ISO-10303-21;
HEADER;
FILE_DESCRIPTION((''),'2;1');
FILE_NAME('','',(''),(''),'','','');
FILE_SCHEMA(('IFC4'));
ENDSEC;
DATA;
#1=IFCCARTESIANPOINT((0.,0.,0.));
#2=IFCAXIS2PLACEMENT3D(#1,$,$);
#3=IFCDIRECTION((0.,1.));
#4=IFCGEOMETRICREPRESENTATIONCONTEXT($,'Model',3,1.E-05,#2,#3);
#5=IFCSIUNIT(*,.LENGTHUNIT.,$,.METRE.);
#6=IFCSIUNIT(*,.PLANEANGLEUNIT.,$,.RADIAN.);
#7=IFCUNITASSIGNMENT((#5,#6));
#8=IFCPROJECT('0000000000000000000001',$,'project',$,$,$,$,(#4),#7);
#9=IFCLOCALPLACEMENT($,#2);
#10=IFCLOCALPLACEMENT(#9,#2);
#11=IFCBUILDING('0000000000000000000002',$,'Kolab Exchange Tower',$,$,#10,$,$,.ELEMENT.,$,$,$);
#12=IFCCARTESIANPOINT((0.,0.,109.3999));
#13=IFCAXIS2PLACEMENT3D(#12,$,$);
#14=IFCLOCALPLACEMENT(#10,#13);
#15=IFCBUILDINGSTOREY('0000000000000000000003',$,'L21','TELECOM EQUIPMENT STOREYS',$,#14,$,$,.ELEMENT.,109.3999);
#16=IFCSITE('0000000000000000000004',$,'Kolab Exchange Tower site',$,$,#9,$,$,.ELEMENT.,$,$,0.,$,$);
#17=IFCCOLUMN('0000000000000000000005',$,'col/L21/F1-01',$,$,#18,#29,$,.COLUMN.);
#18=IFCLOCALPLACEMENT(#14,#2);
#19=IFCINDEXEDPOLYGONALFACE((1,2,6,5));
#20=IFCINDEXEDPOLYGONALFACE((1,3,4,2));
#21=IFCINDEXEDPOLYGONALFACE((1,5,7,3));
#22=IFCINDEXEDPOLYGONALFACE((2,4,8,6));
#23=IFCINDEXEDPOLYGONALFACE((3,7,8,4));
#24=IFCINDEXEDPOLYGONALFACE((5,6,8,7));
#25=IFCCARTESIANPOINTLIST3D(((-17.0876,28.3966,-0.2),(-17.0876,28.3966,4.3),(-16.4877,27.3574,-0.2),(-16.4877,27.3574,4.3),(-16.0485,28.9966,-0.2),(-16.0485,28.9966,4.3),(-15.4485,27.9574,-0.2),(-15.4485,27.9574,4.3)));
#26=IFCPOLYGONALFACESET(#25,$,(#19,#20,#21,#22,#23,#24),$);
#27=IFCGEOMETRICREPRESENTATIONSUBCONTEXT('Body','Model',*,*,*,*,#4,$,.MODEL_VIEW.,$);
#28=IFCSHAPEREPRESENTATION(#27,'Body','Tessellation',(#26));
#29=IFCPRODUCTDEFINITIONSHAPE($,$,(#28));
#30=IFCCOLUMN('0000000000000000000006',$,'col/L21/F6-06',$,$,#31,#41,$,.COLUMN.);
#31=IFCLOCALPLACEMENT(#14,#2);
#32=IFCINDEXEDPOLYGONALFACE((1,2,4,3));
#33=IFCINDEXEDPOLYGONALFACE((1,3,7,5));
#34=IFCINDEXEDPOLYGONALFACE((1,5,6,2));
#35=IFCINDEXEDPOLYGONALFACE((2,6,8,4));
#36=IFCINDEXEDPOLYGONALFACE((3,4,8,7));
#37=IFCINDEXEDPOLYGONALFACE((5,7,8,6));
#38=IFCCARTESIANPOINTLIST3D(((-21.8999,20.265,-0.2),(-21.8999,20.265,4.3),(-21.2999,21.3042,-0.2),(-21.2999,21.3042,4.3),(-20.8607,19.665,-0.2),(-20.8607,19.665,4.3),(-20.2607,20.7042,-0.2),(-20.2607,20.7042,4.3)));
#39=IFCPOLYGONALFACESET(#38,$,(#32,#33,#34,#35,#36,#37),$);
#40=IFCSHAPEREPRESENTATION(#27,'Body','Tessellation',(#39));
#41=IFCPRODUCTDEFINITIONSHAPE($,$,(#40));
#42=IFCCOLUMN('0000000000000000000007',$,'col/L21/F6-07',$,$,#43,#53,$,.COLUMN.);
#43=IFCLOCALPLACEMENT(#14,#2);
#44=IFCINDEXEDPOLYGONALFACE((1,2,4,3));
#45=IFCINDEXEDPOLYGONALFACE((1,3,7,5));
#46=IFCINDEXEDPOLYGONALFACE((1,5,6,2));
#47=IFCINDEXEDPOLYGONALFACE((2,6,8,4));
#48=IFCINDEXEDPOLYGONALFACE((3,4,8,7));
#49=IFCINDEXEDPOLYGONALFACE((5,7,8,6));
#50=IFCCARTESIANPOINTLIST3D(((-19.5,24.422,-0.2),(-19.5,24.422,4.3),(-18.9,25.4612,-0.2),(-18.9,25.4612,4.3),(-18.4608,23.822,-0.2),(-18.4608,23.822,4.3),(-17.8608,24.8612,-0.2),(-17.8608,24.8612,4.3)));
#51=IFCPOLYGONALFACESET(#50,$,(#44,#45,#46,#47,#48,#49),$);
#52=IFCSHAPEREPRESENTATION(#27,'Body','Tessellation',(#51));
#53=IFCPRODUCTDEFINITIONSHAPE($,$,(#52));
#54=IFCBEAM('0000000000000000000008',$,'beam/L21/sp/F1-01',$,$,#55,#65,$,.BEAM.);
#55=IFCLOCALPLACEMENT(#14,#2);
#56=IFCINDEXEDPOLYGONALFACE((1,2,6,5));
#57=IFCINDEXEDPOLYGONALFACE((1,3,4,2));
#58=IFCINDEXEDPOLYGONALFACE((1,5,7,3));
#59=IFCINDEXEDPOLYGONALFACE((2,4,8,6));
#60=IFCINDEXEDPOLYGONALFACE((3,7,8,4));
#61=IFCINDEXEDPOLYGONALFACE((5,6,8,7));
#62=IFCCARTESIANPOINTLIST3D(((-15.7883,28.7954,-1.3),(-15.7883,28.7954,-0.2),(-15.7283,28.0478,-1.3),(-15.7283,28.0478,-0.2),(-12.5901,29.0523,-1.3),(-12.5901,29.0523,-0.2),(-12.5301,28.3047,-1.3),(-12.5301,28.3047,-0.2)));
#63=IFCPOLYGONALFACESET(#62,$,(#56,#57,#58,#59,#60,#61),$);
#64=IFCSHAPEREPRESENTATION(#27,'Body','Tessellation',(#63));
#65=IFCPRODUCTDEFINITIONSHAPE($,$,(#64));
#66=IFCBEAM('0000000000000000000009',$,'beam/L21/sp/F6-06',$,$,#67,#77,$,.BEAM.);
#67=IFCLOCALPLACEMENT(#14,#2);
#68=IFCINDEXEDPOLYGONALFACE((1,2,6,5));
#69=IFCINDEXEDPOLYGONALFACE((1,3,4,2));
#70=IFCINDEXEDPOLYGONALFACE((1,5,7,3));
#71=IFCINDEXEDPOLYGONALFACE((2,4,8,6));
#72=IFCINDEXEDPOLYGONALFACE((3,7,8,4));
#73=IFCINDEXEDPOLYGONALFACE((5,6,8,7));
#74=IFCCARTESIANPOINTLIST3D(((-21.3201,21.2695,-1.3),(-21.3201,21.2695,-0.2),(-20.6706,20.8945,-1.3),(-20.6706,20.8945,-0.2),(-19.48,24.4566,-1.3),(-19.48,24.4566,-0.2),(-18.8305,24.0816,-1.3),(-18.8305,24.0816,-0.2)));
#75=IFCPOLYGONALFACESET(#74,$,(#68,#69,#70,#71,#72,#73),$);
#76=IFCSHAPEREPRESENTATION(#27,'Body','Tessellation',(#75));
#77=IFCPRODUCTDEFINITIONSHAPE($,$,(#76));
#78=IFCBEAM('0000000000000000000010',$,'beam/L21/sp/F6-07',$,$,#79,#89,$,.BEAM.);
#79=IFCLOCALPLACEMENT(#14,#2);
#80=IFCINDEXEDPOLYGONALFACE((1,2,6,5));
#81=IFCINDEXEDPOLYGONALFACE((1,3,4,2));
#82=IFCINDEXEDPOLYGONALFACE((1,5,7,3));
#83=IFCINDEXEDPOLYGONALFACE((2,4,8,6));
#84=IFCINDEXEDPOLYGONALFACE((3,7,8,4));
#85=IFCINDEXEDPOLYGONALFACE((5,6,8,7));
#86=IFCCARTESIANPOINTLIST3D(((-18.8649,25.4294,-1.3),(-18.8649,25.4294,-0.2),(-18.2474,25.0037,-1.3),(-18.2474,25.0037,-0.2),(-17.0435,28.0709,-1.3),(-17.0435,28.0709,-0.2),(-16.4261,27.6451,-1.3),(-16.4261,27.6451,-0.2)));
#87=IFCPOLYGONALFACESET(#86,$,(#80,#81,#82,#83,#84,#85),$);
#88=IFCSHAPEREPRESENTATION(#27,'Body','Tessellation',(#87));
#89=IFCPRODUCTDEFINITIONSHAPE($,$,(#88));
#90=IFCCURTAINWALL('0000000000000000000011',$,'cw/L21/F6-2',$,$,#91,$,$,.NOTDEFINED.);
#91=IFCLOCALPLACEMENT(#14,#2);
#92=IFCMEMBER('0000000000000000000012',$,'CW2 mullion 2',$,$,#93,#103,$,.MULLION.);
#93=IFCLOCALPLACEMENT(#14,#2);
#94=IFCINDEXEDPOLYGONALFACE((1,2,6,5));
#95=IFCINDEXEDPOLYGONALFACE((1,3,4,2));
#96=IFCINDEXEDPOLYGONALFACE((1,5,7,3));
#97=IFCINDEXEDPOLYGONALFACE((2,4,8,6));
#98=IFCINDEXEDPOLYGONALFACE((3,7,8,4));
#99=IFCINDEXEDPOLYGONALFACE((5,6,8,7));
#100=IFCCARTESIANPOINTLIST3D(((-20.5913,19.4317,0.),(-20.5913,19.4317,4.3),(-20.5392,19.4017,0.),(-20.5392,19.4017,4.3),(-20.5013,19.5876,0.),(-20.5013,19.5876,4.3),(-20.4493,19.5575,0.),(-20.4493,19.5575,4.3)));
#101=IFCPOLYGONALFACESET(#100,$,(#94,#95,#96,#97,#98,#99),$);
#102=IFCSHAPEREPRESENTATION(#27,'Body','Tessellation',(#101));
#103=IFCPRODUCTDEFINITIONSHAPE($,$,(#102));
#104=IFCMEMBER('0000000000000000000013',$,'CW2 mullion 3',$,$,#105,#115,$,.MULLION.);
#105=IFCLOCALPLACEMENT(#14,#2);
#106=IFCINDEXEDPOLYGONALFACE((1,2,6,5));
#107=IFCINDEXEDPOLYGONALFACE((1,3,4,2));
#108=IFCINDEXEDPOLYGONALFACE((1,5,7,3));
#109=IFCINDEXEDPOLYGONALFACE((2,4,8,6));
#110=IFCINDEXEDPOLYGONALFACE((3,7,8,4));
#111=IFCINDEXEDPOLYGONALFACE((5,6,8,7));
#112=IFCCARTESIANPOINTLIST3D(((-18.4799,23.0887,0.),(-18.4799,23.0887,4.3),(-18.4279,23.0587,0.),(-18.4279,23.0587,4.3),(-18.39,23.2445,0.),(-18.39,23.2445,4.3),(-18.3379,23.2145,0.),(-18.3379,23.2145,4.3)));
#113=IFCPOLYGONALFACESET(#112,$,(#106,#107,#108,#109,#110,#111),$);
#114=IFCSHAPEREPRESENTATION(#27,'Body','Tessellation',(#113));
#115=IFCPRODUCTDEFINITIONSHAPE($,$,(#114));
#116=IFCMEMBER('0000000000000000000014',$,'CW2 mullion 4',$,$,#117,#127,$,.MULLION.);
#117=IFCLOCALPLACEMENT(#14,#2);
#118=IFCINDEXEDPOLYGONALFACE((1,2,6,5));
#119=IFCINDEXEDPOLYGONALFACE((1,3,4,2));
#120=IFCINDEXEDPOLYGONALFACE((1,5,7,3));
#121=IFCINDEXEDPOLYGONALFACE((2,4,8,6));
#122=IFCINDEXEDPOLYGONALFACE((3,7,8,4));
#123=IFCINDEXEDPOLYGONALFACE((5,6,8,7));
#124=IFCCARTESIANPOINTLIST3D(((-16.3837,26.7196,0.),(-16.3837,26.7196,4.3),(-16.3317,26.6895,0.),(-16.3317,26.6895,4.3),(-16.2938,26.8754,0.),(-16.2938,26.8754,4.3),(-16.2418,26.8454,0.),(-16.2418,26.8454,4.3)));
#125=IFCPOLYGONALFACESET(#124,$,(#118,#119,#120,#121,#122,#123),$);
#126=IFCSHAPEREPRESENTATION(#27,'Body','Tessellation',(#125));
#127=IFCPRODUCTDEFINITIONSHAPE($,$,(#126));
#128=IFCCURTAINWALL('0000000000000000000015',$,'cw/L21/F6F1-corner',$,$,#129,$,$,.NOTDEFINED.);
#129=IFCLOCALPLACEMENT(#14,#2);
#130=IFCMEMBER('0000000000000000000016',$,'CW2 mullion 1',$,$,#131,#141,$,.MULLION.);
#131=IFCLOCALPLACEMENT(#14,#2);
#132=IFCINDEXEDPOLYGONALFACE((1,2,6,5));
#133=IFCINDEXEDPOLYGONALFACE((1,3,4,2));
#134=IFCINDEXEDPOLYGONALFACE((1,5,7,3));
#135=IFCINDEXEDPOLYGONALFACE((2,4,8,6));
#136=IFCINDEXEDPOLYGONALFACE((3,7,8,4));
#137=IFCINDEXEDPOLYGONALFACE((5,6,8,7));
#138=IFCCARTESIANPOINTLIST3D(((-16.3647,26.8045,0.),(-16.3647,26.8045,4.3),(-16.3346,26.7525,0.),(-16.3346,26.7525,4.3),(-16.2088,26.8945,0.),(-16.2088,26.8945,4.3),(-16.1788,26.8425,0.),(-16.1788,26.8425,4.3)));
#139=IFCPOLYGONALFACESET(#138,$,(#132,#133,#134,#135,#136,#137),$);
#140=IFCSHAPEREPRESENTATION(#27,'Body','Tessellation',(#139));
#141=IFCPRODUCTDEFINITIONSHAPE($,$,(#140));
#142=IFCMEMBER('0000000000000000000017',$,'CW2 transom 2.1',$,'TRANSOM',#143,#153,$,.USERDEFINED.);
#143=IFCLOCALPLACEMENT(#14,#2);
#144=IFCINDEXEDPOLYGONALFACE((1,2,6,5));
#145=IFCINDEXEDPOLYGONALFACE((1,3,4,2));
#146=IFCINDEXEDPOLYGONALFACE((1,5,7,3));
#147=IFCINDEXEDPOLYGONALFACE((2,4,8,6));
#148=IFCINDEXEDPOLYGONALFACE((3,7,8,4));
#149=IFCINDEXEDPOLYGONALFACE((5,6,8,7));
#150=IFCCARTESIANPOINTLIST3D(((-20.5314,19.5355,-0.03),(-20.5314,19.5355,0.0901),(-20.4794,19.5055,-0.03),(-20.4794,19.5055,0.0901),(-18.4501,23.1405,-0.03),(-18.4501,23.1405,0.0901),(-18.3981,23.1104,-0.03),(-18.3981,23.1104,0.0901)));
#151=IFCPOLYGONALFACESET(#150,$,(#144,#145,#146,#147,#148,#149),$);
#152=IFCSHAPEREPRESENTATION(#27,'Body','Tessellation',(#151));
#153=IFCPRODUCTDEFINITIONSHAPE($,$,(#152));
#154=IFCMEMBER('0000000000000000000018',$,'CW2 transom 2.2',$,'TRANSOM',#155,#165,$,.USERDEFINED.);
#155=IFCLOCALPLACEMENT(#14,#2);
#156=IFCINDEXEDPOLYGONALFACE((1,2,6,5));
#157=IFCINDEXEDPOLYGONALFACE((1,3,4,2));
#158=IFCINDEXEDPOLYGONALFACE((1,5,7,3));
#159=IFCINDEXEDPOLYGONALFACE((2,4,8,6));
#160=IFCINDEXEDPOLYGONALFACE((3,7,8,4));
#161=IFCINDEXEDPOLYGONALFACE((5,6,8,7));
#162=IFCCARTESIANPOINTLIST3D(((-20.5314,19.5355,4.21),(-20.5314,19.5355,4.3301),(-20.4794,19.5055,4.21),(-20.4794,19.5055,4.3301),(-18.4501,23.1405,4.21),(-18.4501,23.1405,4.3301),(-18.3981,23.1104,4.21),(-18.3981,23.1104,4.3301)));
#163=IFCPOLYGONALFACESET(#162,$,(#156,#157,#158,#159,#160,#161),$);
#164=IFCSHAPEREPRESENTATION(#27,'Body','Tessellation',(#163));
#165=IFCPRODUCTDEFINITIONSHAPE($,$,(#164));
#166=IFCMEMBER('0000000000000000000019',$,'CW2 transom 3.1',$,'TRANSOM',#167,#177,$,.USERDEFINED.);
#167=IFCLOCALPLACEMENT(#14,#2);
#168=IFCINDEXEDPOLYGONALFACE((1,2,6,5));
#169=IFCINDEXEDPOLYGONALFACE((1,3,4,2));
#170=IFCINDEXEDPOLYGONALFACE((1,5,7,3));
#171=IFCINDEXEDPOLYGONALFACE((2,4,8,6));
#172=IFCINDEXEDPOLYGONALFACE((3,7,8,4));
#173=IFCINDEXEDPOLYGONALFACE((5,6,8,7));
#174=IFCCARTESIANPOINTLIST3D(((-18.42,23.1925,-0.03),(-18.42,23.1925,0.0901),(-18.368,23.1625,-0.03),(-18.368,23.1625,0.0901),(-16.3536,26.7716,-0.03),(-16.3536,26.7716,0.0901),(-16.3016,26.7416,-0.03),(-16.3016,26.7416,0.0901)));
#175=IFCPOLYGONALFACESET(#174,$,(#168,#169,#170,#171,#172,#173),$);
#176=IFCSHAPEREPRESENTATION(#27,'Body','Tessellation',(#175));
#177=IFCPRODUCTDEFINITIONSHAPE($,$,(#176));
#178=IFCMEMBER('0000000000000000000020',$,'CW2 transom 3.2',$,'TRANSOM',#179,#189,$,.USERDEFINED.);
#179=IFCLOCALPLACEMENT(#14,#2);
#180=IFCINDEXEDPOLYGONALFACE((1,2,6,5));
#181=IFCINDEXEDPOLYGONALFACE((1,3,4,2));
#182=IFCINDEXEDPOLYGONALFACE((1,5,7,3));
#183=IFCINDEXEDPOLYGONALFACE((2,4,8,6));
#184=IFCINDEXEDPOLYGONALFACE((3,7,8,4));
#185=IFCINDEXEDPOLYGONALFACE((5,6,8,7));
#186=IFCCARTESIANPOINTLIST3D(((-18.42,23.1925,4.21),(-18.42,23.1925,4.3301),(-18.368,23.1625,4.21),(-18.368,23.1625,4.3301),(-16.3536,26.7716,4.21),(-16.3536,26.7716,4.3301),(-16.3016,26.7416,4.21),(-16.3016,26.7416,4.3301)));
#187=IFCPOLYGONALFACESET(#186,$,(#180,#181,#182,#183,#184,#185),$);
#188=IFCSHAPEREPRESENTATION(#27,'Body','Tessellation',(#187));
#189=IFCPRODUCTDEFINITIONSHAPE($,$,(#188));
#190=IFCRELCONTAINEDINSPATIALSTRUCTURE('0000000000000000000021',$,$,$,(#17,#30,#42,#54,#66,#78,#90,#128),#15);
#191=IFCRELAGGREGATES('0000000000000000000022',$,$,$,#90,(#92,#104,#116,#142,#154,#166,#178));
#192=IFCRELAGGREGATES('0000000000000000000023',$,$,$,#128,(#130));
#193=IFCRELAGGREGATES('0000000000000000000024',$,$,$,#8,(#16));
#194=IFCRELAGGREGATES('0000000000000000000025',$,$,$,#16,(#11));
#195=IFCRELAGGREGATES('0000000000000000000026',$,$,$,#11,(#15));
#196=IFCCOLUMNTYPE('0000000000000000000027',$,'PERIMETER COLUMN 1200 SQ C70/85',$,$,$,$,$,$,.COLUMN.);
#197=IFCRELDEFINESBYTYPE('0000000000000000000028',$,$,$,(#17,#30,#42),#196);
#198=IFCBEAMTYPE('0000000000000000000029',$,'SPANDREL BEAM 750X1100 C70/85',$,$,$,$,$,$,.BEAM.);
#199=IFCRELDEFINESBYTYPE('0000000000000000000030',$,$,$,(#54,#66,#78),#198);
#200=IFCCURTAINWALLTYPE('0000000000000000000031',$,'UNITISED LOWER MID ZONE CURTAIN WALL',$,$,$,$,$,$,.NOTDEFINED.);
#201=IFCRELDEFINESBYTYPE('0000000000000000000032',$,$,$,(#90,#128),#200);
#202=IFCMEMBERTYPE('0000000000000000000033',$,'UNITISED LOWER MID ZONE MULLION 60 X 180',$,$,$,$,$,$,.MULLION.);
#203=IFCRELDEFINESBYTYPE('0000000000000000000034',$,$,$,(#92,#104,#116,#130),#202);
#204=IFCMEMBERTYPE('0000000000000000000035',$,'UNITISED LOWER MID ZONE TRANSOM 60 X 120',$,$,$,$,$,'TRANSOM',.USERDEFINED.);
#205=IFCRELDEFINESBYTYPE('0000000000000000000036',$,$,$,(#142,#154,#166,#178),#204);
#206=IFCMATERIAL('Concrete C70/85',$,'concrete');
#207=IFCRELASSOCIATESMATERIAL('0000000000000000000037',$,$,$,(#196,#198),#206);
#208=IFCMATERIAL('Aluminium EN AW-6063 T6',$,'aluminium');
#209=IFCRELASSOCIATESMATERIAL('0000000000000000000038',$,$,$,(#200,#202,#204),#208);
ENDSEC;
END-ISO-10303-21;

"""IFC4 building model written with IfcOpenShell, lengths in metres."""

from ifc_helpers import new_model, si_unit, direction, frame, origin, origin_2d, place, context, subcontext, project, spatial, rectangle, extrude, material, material_profile, profile_set, type_object, element, aggregate, save


model = new_model("IFC4")

# Units and contexts
model_context = context("Model", 3, precision=1e-05, world=origin(), true_north=direction((0.0, 1.0)))
body_context = subcontext(model_context, "Body", "Model", "MODEL_VIEW")
ifc_project = project(units=[si_unit("LENGTHUNIT", "METRE"), si_unit("PLANEANGLEUNIT", "RADIAN")], contexts=[model_context])

# Site, building, storey
site_placement = place(None, origin())
site = spatial("IfcSite", under=ifc_project, at=site_placement, Name="Kolab Exchange Tower site", CompositionType="ELEMENT", RefElevation=0.0)
building_placement = place(site_placement, origin())
building = spatial("IfcBuilding", under=site, at=building_placement, Name="Kolab Exchange Tower", CompositionType="ELEMENT")
storey_placement = place(building_placement, frame((0.0, 0.0, 109.3999)))
storey = spatial("IfcBuildingStorey", under=building, at=storey_placement, Name="L21", Description="TELECOM EQUIPMENT STOREYS", CompositionType="ELEMENT", Elevation=109.3999)

# Columns
ifc_material_1 = material(Name="Concrete C70/85", Category="concrete")
ifc_material_profile_1 = material_profile(ifc_material_1, rectangle(XDim=1.2, YDim=1.2, at=origin_2d()), Name="RC1200")
ifc_profile_set_1 = profile_set([ifc_material_profile_1], Name="Concrete C70/85")
column_type = type_object("IfcColumnType", Name="PERIMETER COLUMN 1200 SQ C70/85", PredefinedType="COLUMN", material=ifc_profile_set_1)
for number, where, z_axis, x_axis, name in (
    (1, (-16.2681, 28.177, -0.2), (0.0, 0.0, 1.0), (0.866025, 0.5, 0.0), "col/L21/F1-01"),
    (2, (-21.0803, 20.4846, -0.2), (0.0, 0.0, 1.0), (0.5, 0.866025, 0.0), "col/L21/F6-06"),
    (3, (-18.6804, 24.6416, -0.2), (0.0, 0.0, 1.0), (0.5, 0.866025, 0.0), "col/L21/F6-07"),
):
    element("IfcColumn", number, at=place(storey_placement, frame(where, z_axis=z_axis, x_axis=x_axis)), inside=storey, type_object=column_type, Name=name, PredefinedType="COLUMN", context=body_context, shape_type="SweptSolid", body=[
        extrude(rectangle(XDim=1.2, YDim=1.2, at=origin_2d()), origin(), (0.0, 0.0, 1.0), 4.5),
    ])

# Beams
ifc_material_profile_2 = material_profile(ifc_material_1, rectangle(XDim=0.75, YDim=1.1001, at=origin_2d()), Name="RC750X1100")
ifc_profile_set_2 = profile_set([ifc_material_profile_2], Name="Concrete C70/85")
beam_type = type_object("IfcBeamType", Name="SPANDREL BEAM 750X1100 C70/85", PredefinedType="BEAM", material=ifc_profile_set_2)
beam_1_placement = place(storey_placement, frame((-15.7583, 28.4216, -0.75), z_axis=(0.996791, 0.080048, 0.0), x_axis=(-0.080048, 0.996791, 0.0)))
element("IfcBeam", 4, at=beam_1_placement, inside=storey, type_object=beam_type, Name="beam/L21/sp/F1-01", PredefinedType="BEAM", context=body_context, shape_type="SweptSolid", body=[
    extrude(rectangle(XDim=0.75, YDim=1.1001, at=origin_2d()), origin(), (0.0, 0.0, 1.0), 3.2085),
])
beam_2_placement = place(storey_placement, frame((-20.9954, 21.082, -0.75), z_axis=(0.500013, 0.866018, 0.0), x_axis=(-0.866018, 0.500013, 0.0)))
element("IfcBeam", 5, at=beam_2_placement, inside=storey, type_object=beam_type, Name="beam/L21/sp/F6-06", PredefinedType="BEAM", context=body_context, shape_type="SweptSolid", body=[
    extrude(rectangle(XDim=0.75, YDim=1.1001, at=origin_2d()), origin(), (0.0, 0.0, 1.0), 3.6802),
])
beam_3_placement = place(storey_placement, frame((-18.5562, 25.2166, -0.75), z_axis=(0.567662, 0.823262, 0.0), x_axis=(-0.823262, 0.567662, 0.0)))
element("IfcBeam", 6, at=beam_3_placement, inside=storey, type_object=beam_type, Name="beam/L21/sp/F6-07", PredefinedType="BEAM", context=body_context, shape_type="SweptSolid", body=[
    extrude(rectangle(XDim=0.75, YDim=1.1001, at=origin_2d()), origin(), (0.0, 0.0, 1.0), 3.2085),
])

# Curtain wall, members
ifc_material_2 = material(Name="Aluminium EN AW-6063 T6", Category="aluminium")
curtain_wall_type = type_object("IfcCurtainWallType", Name="UNITISED LOWER MID ZONE CURTAIN WALL", PredefinedType="NOTDEFINED", material=ifc_material_2)
curtain_wall_1_placement = place(storey_placement, origin())
curtain_wall_1 = element("IfcCurtainWall", 7, at=curtain_wall_1_placement, inside=storey, type_object=curtain_wall_type, Name="cw/L21/F6-2", PredefinedType="NOTDEFINED")
ifc_material_profile_3 = material_profile(ifc_material_2, rectangle(XDim=0.0601, YDim=0.1799, at=origin_2d()), Name="RECT 60X180")
ifc_profile_set_3 = profile_set([ifc_material_profile_3], Name="Aluminium EN AW-6063 T6")
member_type_1 = type_object("IfcMemberType", Name="UNITISED LOWER MID ZONE MULLION 60 X 180", PredefinedType="MULLION", material=ifc_profile_set_3)
member_1_placement = place(storey_placement, frame((-20.5203, 19.4946, 0.0), z_axis=(0.0, 0.0, 1.0), x_axis=(-0.866025, 0.5, 0.0)))
member_1 = element("IfcMember", 8, at=member_1_placement, type_object=member_type_1, Name="CW2 mullion 2", PredefinedType="MULLION", context=body_context, shape_type="SweptSolid", body=[
    extrude(rectangle(XDim=0.0601, YDim=0.1799, at=origin_2d()), origin(), (0.0, 0.0, 1.0), 4.3),
])
member_2_placement = place(storey_placement, frame((-18.4089, 23.1516, 0.0), z_axis=(0.0, 0.0, 1.0), x_axis=(-0.866025, 0.5, 0.0)))
member_2 = element("IfcMember", 9, at=member_2_placement, type_object=member_type_1, Name="CW2 mullion 3", PredefinedType="MULLION", context=body_context, shape_type="SweptSolid", body=[
    extrude(rectangle(XDim=0.0601, YDim=0.1799, at=origin_2d()), origin(), (0.0, 0.0, 1.0), 4.3),
])
member_3_placement = place(storey_placement, frame((-16.3127, 26.7825, 0.0), z_axis=(0.0, 0.0, 1.0), x_axis=(-0.866025, 0.5, 0.0)))
member_3 = element("IfcMember", 10, at=member_3_placement, type_object=member_type_1, Name="CW2 mullion 4", PredefinedType="MULLION", context=body_context, shape_type="SweptSolid", body=[
    extrude(rectangle(XDim=0.0601, YDim=0.1799, at=origin_2d()), origin(), (0.0, 0.0, 1.0), 4.3),
])

# Curtain wall, member
curtain_wall_2_placement = place(storey_placement, origin())
curtain_wall_2 = element("IfcCurtainWall", 11, at=curtain_wall_2_placement, inside=storey, type_object=curtain_wall_type, Name="cw/L21/F6F1-corner", PredefinedType="NOTDEFINED")
member_4_placement = place(storey_placement, frame((-16.2717, 26.8235, 0.0), z_axis=(0.0, 0.0, 1.0), x_axis=(-0.5, 0.866025, 0.0)))
member_4 = element("IfcMember", 12, at=member_4_placement, type_object=member_type_1, Name="CW2 mullion 1", PredefinedType="MULLION", context=body_context, shape_type="SweptSolid", body=[
    extrude(rectangle(XDim=0.0601, YDim=0.1799, at=origin_2d()), origin(), (0.0, 0.0, 1.0), 4.3),
])

# Members
ifc_material_profile_4 = material_profile(ifc_material_2, rectangle(XDim=0.0601, YDim=0.1201, at=origin_2d()), Name="RECT 60X120")
ifc_profile_set_4 = profile_set([ifc_material_profile_4], Name="Aluminium EN AW-6063 T6")
member_type_2 = type_object("IfcMemberType", Name="UNITISED LOWER MID ZONE TRANSOM 60 X 120", ElementType="TRANSOM", PredefinedType="USERDEFINED", material=ifc_profile_set_4)
member_5_placement = place(storey_placement, frame((-20.5054, 19.5205, 0.03), z_axis=(0.499993, 0.866029, 0.0), x_axis=(-0.866029, 0.499993, 0.0)))
member_5 = element("IfcMember", 13, at=member_5_placement, type_object=member_type_2, Name="CW2 transom 2.1", ObjectType="TRANSOM", PredefinedType="USERDEFINED", context=body_context, shape_type="SweptSolid", body=[
    extrude(rectangle(XDim=0.0601, YDim=0.1201, at=origin_2d()), origin(), (0.0, 0.0, 1.0), 4.1626),
])
member_6_placement = place(storey_placement, frame((-20.5054, 19.5205, 4.27), z_axis=(0.499993, 0.866029, 0.0), x_axis=(-0.866029, 0.499993, 0.0)))
member_6 = element("IfcMember", 14, at=member_6_placement, type_object=member_type_2, Name="CW2 transom 2.2", ObjectType="TRANSOM", PredefinedType="USERDEFINED", context=body_context, shape_type="SweptSolid", body=[
    extrude(rectangle(XDim=0.0601, YDim=0.1201, at=origin_2d()), origin(), (0.0, 0.0, 1.0), 4.1626),
])
member_7_placement = place(storey_placement, frame((-18.394, 23.1775, 0.03), z_axis=(0.500002, 0.866024, 0.0), x_axis=(-0.866024, 0.500002, 0.0)))
member_7 = element("IfcMember", 15, at=member_7_placement, type_object=member_type_2, Name="CW2 transom 3.1", ObjectType="TRANSOM", PredefinedType="USERDEFINED", context=body_context, shape_type="SweptSolid", body=[
    extrude(rectangle(XDim=0.0601, YDim=0.1201, at=origin_2d()), origin(), (0.0, 0.0, 1.0), 4.1328),
])
member_8_placement = place(storey_placement, frame((-18.394, 23.1775, 4.27), z_axis=(0.500002, 0.866024, 0.0), x_axis=(-0.866024, 0.500002, 0.0)))
member_8 = element("IfcMember", 16, at=member_8_placement, type_object=member_type_2, Name="CW2 transom 3.2", ObjectType="TRANSOM", PredefinedType="USERDEFINED", context=body_context, shape_type="SweptSolid", body=[
    extrude(rectangle(XDim=0.0601, YDim=0.1201, at=origin_2d()), origin(), (0.0, 0.0, 1.0), 4.1328),
])

aggregate(curtain_wall_1, [member_1, member_2, member_3, member_5, member_6, member_7, member_8])
aggregate(curtain_wall_2, [member_4])

save(model, "model.ifc")
